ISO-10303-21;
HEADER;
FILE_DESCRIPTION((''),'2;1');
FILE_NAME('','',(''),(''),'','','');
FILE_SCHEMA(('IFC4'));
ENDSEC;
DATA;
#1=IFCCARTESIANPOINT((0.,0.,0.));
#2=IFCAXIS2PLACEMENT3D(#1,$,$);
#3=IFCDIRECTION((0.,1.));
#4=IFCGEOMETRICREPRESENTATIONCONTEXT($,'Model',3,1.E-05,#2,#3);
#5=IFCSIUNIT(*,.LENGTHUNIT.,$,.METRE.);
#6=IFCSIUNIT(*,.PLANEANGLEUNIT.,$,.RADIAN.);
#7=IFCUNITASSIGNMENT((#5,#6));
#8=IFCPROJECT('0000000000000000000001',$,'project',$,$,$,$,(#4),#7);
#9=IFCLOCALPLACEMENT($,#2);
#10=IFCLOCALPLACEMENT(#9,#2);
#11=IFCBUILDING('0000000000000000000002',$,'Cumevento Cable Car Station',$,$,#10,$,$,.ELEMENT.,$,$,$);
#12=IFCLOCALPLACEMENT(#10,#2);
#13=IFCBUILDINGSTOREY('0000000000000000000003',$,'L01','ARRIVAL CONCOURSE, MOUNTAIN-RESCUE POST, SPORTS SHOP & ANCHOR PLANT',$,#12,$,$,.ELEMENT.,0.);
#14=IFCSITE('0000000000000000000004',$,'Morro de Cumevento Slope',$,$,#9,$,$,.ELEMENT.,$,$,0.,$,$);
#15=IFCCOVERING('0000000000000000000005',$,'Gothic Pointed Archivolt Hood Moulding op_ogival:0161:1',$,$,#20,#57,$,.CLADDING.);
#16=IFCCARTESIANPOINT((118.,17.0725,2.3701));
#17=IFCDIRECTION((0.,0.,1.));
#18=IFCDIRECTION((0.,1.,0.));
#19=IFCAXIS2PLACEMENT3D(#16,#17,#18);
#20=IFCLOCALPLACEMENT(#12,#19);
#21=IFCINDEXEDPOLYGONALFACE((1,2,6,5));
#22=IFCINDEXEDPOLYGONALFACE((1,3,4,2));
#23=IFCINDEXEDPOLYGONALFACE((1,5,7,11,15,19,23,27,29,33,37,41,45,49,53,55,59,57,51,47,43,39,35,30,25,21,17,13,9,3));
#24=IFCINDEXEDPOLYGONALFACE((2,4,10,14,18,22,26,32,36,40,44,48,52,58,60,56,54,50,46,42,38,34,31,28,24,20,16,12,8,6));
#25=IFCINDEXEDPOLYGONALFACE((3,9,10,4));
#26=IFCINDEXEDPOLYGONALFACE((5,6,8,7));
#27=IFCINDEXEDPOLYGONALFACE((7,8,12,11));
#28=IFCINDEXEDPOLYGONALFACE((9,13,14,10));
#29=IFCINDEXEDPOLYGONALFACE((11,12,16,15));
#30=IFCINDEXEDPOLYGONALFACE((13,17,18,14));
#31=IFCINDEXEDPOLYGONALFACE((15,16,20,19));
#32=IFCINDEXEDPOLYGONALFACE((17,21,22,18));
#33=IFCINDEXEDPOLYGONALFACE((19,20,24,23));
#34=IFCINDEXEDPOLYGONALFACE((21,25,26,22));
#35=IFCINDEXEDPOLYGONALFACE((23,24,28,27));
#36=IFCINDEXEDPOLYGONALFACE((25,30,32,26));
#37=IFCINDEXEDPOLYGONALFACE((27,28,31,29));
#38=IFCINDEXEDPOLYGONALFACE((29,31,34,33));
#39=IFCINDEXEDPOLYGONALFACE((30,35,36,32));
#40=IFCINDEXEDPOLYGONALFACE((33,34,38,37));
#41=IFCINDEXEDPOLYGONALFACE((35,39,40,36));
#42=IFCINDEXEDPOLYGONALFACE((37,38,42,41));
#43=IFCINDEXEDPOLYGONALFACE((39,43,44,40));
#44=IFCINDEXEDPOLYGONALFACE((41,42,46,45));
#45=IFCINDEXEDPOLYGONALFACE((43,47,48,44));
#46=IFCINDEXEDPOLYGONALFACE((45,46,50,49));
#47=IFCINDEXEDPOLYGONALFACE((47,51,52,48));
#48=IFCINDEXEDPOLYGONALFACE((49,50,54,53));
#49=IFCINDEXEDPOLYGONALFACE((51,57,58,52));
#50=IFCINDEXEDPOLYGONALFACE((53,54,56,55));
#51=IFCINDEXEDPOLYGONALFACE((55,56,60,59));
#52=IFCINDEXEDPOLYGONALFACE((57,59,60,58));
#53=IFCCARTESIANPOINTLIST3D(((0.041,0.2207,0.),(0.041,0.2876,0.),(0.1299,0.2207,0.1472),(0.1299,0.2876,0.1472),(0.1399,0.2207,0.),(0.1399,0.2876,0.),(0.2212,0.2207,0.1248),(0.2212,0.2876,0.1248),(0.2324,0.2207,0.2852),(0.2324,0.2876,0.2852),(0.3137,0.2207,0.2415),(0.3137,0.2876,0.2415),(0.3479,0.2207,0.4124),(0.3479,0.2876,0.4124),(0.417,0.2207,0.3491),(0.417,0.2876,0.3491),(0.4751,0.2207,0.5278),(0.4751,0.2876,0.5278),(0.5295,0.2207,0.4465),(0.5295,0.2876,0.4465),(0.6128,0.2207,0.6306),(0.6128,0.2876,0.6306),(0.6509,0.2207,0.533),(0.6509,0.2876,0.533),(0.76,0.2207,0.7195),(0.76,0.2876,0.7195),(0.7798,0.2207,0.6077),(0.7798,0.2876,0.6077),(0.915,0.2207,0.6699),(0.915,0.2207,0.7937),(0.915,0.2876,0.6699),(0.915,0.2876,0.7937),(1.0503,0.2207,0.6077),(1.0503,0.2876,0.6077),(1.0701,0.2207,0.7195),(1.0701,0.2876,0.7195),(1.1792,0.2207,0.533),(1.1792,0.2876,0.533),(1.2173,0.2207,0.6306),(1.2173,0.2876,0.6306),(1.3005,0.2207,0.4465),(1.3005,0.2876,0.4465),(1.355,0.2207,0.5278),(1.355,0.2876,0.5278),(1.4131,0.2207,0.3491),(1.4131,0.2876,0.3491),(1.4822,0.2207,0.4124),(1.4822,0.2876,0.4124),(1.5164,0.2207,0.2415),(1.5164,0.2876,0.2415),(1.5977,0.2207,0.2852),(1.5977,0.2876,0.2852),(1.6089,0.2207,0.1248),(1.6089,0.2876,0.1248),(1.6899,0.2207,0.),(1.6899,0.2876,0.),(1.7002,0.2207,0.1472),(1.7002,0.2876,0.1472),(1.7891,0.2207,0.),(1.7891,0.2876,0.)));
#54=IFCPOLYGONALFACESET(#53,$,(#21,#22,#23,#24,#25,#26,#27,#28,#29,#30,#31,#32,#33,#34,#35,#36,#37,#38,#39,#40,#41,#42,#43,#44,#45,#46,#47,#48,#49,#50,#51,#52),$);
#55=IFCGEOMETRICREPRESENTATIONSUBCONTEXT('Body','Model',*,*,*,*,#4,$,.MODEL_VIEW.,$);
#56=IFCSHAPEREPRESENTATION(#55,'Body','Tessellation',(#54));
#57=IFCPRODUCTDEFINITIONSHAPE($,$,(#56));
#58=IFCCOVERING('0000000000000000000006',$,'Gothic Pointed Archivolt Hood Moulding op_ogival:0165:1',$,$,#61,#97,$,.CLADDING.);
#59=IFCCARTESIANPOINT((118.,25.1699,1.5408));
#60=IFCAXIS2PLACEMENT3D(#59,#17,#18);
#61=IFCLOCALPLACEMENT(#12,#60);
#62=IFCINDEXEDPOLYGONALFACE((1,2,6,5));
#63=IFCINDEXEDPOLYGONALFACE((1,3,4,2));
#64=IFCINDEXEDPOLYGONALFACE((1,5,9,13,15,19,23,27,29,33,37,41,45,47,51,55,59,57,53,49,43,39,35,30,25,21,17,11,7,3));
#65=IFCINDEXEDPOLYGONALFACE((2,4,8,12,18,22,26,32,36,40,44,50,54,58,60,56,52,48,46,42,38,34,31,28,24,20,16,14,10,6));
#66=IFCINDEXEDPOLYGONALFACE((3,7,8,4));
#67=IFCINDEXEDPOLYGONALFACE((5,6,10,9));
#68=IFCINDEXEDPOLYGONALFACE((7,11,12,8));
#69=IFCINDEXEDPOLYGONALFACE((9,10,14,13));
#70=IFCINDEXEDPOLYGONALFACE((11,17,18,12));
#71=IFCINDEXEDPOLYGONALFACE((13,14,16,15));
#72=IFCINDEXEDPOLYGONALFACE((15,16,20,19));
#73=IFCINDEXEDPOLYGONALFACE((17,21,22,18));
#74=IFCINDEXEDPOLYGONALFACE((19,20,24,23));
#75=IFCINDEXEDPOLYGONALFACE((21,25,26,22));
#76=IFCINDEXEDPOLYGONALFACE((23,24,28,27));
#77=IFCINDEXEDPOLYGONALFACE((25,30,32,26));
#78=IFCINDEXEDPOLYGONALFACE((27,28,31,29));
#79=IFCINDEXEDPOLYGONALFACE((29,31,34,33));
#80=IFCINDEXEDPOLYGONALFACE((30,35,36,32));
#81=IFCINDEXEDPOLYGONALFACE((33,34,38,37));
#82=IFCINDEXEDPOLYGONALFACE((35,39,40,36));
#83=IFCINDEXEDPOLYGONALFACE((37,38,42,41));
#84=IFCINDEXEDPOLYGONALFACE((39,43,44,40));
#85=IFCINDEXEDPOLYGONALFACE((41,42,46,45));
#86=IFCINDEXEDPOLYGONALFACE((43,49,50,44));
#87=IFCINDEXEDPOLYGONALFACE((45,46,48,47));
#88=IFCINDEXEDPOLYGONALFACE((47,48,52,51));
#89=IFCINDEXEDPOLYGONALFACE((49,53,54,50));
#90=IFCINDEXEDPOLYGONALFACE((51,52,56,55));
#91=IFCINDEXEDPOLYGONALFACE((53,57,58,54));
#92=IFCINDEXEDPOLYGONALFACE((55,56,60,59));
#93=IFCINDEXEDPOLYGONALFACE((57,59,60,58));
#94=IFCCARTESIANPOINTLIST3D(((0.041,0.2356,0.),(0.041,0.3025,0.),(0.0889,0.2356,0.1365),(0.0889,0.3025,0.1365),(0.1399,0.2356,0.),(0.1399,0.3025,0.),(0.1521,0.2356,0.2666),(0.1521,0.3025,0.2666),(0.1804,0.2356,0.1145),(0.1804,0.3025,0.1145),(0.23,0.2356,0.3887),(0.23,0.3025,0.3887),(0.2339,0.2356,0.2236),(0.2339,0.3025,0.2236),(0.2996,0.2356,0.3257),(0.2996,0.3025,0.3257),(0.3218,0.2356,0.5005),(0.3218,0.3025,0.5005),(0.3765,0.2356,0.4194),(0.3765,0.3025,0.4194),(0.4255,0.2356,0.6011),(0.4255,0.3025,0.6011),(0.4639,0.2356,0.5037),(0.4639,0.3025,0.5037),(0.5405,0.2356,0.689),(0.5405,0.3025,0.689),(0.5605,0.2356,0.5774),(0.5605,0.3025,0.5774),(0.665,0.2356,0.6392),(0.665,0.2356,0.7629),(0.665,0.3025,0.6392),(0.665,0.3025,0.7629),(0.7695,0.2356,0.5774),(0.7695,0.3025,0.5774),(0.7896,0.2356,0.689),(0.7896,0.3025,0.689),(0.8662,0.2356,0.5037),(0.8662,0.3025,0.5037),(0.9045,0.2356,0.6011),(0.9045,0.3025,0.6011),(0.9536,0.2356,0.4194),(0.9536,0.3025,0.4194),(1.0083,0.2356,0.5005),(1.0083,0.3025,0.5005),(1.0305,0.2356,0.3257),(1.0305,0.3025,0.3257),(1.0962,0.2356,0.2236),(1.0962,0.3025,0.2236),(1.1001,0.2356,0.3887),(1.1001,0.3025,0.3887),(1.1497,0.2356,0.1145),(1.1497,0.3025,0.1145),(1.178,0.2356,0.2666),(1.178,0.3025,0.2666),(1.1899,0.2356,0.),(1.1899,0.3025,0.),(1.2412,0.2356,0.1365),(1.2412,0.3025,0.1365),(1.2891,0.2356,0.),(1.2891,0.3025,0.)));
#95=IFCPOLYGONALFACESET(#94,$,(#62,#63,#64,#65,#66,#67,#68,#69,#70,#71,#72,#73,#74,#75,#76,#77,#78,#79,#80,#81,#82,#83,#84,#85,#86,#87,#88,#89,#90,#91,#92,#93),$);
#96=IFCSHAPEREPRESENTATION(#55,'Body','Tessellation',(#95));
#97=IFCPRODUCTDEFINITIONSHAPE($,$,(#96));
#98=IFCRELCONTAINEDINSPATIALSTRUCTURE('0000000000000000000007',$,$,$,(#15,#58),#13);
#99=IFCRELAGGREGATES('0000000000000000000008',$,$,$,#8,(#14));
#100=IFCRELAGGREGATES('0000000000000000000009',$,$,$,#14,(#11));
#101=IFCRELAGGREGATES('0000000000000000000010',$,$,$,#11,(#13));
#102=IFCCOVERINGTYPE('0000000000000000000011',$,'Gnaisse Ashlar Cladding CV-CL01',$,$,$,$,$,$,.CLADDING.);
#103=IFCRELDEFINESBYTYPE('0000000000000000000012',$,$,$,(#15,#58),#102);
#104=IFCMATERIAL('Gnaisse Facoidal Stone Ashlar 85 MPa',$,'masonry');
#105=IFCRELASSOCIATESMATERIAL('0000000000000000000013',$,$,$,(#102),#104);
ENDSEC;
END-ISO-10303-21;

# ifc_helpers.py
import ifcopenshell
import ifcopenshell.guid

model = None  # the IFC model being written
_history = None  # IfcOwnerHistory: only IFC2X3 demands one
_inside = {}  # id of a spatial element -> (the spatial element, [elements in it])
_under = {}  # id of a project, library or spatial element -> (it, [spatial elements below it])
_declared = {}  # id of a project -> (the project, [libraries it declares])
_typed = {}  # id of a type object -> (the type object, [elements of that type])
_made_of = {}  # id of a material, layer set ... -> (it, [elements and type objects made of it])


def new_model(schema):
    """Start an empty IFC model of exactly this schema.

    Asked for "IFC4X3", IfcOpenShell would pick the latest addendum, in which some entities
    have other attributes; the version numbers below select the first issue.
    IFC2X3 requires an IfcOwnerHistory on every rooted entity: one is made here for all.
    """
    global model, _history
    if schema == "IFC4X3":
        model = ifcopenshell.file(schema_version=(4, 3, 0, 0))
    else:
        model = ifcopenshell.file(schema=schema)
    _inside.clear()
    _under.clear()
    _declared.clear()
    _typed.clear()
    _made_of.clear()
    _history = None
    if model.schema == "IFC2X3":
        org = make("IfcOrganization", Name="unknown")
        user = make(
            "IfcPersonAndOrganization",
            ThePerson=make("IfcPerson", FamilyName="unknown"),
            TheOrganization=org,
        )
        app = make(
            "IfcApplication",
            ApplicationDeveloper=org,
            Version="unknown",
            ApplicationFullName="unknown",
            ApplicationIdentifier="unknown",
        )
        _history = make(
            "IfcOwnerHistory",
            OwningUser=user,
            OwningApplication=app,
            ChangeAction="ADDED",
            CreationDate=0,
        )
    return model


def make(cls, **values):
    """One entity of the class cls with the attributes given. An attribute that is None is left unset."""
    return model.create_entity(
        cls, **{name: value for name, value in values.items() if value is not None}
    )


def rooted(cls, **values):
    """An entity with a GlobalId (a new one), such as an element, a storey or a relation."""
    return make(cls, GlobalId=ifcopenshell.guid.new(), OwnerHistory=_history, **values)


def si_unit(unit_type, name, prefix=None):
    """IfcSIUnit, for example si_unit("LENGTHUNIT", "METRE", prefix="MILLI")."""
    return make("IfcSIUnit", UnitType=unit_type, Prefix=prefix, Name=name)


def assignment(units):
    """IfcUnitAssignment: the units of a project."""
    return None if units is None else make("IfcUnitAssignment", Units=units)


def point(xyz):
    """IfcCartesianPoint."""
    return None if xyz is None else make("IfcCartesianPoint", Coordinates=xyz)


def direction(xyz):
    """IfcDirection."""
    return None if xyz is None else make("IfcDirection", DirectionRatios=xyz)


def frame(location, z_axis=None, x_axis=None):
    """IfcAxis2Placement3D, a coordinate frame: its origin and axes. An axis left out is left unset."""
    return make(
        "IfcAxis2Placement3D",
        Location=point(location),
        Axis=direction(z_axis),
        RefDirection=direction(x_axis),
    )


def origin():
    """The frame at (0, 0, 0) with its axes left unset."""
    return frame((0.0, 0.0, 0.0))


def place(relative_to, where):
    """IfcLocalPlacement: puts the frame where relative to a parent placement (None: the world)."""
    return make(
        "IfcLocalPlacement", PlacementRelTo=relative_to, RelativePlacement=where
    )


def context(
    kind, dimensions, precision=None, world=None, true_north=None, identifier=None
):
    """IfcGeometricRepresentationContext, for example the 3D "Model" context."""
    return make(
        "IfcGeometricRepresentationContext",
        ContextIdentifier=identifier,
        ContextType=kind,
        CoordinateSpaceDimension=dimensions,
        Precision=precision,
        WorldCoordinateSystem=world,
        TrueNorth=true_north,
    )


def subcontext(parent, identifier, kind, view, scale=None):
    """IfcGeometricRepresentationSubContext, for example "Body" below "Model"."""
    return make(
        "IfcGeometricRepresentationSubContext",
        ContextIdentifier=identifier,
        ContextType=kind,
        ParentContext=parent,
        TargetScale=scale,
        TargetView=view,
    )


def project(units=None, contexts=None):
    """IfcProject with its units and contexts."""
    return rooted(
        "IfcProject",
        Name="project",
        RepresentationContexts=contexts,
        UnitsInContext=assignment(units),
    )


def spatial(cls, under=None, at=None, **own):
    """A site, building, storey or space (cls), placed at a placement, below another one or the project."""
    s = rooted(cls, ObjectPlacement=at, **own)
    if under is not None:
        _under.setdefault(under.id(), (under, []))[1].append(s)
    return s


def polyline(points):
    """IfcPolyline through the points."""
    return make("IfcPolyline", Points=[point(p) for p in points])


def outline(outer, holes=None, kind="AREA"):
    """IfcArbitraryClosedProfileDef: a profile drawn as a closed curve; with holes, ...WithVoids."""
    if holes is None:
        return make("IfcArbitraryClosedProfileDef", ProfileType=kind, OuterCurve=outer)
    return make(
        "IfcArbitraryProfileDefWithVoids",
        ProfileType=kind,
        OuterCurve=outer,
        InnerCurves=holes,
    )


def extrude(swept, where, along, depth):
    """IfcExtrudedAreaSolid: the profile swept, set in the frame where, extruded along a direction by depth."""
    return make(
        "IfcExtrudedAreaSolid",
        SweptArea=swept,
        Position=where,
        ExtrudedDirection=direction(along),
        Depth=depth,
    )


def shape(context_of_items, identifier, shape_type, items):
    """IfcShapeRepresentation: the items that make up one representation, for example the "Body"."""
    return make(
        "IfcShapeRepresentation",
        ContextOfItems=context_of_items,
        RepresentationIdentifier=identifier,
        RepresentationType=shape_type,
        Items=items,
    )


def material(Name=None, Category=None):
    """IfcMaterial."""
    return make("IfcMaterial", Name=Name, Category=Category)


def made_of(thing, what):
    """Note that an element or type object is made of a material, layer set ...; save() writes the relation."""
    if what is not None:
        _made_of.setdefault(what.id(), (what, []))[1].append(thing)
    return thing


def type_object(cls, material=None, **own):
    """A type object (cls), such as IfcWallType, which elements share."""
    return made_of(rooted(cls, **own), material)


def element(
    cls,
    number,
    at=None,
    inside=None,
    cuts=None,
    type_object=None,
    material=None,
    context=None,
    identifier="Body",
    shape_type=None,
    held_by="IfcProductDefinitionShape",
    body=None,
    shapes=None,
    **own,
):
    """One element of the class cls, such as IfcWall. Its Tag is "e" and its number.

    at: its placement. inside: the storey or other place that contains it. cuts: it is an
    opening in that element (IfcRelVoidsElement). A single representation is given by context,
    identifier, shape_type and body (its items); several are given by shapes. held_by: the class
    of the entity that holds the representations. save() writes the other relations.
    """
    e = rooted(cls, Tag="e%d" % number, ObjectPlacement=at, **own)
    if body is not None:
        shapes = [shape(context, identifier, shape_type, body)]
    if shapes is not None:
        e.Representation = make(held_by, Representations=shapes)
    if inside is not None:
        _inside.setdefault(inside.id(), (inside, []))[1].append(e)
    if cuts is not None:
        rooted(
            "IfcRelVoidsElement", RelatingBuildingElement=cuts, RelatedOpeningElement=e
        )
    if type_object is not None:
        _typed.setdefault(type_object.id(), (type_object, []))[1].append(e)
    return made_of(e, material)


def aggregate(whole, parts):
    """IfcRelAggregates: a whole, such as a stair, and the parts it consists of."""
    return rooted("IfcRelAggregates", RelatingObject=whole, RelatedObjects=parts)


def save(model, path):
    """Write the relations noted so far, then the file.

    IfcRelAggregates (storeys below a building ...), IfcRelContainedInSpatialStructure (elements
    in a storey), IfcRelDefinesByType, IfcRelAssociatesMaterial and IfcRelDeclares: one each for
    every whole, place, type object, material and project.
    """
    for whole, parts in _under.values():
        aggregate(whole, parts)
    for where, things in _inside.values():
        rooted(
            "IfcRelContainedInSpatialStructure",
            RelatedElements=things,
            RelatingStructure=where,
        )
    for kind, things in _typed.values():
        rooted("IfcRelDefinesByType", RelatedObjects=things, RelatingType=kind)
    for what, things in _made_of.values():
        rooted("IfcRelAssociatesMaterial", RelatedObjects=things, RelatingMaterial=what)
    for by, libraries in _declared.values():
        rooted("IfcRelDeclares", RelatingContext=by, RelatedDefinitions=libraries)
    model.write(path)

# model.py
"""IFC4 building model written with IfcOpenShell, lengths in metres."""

from ifc_helpers import new_model, si_unit, direction, frame, origin, place, context, subcontext, project, spatial, polyline, outline, extrude, material, type_object, element, save


model = new_model("IFC4")

# Units and contexts
model_context = context("Model", 3, precision=1e-05, world=origin(), true_north=direction((0.0, 1.0)))
body_context = subcontext(model_context, "Body", "Model", "MODEL_VIEW")
ifc_project = project(units=[si_unit("LENGTHUNIT", "METRE"), si_unit("PLANEANGLEUNIT", "RADIAN")], contexts=[model_context])

# Site, building, storey
site_placement = place(None, origin())
site = spatial("IfcSite", under=ifc_project, at=site_placement, Name="Morro de Cumevento Slope", CompositionType="ELEMENT", RefElevation=0.0)
building_placement = place(site_placement, origin())
building = spatial("IfcBuilding", under=site, at=building_placement, Name="Cumevento Cable Car Station", CompositionType="ELEMENT")
storey_placement = place(building_placement, origin())
storey = spatial("IfcBuildingStorey", under=building, at=storey_placement, Name="L01", Description="ARRIVAL CONCOURSE, MOUNTAIN-RESCUE POST, SPORTS SHOP & ANCHOR PLANT", CompositionType="ELEMENT", Elevation=0.0)

# Coverings
ifc_material_1 = material(Name="Gnaisse Facoidal Stone Ashlar 85 MPa", Category="masonry")
covering_type = type_object("IfcCoveringType", Name="Gnaisse Ashlar Cladding CV-CL01", PredefinedType="CLADDING", material=ifc_material_1)
covering_1_placement = place(storey_placement, frame((118.0, 17.0725, 2.3701), z_axis=(0.0, 0.0, 1.0), x_axis=(0.0, 1.0, 0.0)))
element("IfcCovering", 1, at=covering_1_placement, inside=storey, type_object=covering_type, Name="Gothic Pointed Archivolt Hood Moulding op_ogival:0161:1", PredefinedType="CLADDING", context=body_context, shape_type="SweptSolid", body=[
    extrude(outline(polyline([(0.1399, 0.0), (0.2212, 0.1248), (0.3137, 0.2415), (0.417, 0.3491), (0.5295, 0.4465), (0.6509, 0.533), (0.7798, 0.6077), (0.915, 0.6699), (1.0503, 0.6077), (1.1792, 0.533), (1.3005, 0.4465), (1.4131, 0.3491), (1.5164, 0.2415), (1.6089, 0.1248), (1.6899, 0.0), (1.7891, 0.0), (1.7002, 0.1472), (1.5977, 0.2852), (1.4822, 0.4124), (1.355, 0.5278), (1.2173, 0.6306), (1.0701, 0.7195), (0.915, 0.7937), (0.76, 0.7195), (0.6128, 0.6306), (0.4751, 0.5278), (0.3479, 0.4124), (0.2324, 0.2852), (0.1299, 0.1472), (0.041, 0.0), (0.1399, 0.0)])), frame((0.0, 0.2876, 0.0), z_axis=(0.0, -1.0, 0.0), x_axis=(1.0, 0.0, 0.0)), (0.0, 0.0, 1.0), 0.0669),
])
covering_2_placement = place(storey_placement, frame((118.0, 25.1699, 1.5408), z_axis=(0.0, 0.0, 1.0), x_axis=(0.0, 1.0, 0.0)))
element("IfcCovering", 2, at=covering_2_placement, inside=storey, type_object=covering_type, Name="Gothic Pointed Archivolt Hood Moulding op_ogival:0165:1", PredefinedType="CLADDING", context=body_context, shape_type="SweptSolid", body=[
    extrude(outline(polyline([(0.1399, 0.0), (0.1804, 0.1145), (0.2339, 0.2236), (0.2996, 0.3257), (0.3765, 0.4194), (0.4639, 0.5037), (0.5605, 0.5774), (0.665, 0.6392), (0.7695, 0.5774), (0.8662, 0.5037), (0.9536, 0.4194), (1.0305, 0.3257), (1.0962, 0.2236), (1.1497, 0.1145), (1.1899, 0.0), (1.2891, 0.0), (1.2412, 0.1365), (1.178, 0.2666), (1.1001, 0.3887), (1.0083, 0.5005), (0.9045, 0.6011), (0.7896, 0.689), (0.665, 0.7629), (0.5405, 0.689), (0.4255, 0.6011), (0.3218, 0.5005), (0.23, 0.3887), (0.1521, 0.2666), (0.0889, 0.1365), (0.041, 0.0), (0.1399, 0.0)])), frame((0.0, 0.3025, 0.0), z_axis=(0.0, -1.0, 0.0), x_axis=(1.0, 0.0, 0.0)), (0.0, 0.0, 1.0), 0.0669),
])

save(model, "model.ifc")
